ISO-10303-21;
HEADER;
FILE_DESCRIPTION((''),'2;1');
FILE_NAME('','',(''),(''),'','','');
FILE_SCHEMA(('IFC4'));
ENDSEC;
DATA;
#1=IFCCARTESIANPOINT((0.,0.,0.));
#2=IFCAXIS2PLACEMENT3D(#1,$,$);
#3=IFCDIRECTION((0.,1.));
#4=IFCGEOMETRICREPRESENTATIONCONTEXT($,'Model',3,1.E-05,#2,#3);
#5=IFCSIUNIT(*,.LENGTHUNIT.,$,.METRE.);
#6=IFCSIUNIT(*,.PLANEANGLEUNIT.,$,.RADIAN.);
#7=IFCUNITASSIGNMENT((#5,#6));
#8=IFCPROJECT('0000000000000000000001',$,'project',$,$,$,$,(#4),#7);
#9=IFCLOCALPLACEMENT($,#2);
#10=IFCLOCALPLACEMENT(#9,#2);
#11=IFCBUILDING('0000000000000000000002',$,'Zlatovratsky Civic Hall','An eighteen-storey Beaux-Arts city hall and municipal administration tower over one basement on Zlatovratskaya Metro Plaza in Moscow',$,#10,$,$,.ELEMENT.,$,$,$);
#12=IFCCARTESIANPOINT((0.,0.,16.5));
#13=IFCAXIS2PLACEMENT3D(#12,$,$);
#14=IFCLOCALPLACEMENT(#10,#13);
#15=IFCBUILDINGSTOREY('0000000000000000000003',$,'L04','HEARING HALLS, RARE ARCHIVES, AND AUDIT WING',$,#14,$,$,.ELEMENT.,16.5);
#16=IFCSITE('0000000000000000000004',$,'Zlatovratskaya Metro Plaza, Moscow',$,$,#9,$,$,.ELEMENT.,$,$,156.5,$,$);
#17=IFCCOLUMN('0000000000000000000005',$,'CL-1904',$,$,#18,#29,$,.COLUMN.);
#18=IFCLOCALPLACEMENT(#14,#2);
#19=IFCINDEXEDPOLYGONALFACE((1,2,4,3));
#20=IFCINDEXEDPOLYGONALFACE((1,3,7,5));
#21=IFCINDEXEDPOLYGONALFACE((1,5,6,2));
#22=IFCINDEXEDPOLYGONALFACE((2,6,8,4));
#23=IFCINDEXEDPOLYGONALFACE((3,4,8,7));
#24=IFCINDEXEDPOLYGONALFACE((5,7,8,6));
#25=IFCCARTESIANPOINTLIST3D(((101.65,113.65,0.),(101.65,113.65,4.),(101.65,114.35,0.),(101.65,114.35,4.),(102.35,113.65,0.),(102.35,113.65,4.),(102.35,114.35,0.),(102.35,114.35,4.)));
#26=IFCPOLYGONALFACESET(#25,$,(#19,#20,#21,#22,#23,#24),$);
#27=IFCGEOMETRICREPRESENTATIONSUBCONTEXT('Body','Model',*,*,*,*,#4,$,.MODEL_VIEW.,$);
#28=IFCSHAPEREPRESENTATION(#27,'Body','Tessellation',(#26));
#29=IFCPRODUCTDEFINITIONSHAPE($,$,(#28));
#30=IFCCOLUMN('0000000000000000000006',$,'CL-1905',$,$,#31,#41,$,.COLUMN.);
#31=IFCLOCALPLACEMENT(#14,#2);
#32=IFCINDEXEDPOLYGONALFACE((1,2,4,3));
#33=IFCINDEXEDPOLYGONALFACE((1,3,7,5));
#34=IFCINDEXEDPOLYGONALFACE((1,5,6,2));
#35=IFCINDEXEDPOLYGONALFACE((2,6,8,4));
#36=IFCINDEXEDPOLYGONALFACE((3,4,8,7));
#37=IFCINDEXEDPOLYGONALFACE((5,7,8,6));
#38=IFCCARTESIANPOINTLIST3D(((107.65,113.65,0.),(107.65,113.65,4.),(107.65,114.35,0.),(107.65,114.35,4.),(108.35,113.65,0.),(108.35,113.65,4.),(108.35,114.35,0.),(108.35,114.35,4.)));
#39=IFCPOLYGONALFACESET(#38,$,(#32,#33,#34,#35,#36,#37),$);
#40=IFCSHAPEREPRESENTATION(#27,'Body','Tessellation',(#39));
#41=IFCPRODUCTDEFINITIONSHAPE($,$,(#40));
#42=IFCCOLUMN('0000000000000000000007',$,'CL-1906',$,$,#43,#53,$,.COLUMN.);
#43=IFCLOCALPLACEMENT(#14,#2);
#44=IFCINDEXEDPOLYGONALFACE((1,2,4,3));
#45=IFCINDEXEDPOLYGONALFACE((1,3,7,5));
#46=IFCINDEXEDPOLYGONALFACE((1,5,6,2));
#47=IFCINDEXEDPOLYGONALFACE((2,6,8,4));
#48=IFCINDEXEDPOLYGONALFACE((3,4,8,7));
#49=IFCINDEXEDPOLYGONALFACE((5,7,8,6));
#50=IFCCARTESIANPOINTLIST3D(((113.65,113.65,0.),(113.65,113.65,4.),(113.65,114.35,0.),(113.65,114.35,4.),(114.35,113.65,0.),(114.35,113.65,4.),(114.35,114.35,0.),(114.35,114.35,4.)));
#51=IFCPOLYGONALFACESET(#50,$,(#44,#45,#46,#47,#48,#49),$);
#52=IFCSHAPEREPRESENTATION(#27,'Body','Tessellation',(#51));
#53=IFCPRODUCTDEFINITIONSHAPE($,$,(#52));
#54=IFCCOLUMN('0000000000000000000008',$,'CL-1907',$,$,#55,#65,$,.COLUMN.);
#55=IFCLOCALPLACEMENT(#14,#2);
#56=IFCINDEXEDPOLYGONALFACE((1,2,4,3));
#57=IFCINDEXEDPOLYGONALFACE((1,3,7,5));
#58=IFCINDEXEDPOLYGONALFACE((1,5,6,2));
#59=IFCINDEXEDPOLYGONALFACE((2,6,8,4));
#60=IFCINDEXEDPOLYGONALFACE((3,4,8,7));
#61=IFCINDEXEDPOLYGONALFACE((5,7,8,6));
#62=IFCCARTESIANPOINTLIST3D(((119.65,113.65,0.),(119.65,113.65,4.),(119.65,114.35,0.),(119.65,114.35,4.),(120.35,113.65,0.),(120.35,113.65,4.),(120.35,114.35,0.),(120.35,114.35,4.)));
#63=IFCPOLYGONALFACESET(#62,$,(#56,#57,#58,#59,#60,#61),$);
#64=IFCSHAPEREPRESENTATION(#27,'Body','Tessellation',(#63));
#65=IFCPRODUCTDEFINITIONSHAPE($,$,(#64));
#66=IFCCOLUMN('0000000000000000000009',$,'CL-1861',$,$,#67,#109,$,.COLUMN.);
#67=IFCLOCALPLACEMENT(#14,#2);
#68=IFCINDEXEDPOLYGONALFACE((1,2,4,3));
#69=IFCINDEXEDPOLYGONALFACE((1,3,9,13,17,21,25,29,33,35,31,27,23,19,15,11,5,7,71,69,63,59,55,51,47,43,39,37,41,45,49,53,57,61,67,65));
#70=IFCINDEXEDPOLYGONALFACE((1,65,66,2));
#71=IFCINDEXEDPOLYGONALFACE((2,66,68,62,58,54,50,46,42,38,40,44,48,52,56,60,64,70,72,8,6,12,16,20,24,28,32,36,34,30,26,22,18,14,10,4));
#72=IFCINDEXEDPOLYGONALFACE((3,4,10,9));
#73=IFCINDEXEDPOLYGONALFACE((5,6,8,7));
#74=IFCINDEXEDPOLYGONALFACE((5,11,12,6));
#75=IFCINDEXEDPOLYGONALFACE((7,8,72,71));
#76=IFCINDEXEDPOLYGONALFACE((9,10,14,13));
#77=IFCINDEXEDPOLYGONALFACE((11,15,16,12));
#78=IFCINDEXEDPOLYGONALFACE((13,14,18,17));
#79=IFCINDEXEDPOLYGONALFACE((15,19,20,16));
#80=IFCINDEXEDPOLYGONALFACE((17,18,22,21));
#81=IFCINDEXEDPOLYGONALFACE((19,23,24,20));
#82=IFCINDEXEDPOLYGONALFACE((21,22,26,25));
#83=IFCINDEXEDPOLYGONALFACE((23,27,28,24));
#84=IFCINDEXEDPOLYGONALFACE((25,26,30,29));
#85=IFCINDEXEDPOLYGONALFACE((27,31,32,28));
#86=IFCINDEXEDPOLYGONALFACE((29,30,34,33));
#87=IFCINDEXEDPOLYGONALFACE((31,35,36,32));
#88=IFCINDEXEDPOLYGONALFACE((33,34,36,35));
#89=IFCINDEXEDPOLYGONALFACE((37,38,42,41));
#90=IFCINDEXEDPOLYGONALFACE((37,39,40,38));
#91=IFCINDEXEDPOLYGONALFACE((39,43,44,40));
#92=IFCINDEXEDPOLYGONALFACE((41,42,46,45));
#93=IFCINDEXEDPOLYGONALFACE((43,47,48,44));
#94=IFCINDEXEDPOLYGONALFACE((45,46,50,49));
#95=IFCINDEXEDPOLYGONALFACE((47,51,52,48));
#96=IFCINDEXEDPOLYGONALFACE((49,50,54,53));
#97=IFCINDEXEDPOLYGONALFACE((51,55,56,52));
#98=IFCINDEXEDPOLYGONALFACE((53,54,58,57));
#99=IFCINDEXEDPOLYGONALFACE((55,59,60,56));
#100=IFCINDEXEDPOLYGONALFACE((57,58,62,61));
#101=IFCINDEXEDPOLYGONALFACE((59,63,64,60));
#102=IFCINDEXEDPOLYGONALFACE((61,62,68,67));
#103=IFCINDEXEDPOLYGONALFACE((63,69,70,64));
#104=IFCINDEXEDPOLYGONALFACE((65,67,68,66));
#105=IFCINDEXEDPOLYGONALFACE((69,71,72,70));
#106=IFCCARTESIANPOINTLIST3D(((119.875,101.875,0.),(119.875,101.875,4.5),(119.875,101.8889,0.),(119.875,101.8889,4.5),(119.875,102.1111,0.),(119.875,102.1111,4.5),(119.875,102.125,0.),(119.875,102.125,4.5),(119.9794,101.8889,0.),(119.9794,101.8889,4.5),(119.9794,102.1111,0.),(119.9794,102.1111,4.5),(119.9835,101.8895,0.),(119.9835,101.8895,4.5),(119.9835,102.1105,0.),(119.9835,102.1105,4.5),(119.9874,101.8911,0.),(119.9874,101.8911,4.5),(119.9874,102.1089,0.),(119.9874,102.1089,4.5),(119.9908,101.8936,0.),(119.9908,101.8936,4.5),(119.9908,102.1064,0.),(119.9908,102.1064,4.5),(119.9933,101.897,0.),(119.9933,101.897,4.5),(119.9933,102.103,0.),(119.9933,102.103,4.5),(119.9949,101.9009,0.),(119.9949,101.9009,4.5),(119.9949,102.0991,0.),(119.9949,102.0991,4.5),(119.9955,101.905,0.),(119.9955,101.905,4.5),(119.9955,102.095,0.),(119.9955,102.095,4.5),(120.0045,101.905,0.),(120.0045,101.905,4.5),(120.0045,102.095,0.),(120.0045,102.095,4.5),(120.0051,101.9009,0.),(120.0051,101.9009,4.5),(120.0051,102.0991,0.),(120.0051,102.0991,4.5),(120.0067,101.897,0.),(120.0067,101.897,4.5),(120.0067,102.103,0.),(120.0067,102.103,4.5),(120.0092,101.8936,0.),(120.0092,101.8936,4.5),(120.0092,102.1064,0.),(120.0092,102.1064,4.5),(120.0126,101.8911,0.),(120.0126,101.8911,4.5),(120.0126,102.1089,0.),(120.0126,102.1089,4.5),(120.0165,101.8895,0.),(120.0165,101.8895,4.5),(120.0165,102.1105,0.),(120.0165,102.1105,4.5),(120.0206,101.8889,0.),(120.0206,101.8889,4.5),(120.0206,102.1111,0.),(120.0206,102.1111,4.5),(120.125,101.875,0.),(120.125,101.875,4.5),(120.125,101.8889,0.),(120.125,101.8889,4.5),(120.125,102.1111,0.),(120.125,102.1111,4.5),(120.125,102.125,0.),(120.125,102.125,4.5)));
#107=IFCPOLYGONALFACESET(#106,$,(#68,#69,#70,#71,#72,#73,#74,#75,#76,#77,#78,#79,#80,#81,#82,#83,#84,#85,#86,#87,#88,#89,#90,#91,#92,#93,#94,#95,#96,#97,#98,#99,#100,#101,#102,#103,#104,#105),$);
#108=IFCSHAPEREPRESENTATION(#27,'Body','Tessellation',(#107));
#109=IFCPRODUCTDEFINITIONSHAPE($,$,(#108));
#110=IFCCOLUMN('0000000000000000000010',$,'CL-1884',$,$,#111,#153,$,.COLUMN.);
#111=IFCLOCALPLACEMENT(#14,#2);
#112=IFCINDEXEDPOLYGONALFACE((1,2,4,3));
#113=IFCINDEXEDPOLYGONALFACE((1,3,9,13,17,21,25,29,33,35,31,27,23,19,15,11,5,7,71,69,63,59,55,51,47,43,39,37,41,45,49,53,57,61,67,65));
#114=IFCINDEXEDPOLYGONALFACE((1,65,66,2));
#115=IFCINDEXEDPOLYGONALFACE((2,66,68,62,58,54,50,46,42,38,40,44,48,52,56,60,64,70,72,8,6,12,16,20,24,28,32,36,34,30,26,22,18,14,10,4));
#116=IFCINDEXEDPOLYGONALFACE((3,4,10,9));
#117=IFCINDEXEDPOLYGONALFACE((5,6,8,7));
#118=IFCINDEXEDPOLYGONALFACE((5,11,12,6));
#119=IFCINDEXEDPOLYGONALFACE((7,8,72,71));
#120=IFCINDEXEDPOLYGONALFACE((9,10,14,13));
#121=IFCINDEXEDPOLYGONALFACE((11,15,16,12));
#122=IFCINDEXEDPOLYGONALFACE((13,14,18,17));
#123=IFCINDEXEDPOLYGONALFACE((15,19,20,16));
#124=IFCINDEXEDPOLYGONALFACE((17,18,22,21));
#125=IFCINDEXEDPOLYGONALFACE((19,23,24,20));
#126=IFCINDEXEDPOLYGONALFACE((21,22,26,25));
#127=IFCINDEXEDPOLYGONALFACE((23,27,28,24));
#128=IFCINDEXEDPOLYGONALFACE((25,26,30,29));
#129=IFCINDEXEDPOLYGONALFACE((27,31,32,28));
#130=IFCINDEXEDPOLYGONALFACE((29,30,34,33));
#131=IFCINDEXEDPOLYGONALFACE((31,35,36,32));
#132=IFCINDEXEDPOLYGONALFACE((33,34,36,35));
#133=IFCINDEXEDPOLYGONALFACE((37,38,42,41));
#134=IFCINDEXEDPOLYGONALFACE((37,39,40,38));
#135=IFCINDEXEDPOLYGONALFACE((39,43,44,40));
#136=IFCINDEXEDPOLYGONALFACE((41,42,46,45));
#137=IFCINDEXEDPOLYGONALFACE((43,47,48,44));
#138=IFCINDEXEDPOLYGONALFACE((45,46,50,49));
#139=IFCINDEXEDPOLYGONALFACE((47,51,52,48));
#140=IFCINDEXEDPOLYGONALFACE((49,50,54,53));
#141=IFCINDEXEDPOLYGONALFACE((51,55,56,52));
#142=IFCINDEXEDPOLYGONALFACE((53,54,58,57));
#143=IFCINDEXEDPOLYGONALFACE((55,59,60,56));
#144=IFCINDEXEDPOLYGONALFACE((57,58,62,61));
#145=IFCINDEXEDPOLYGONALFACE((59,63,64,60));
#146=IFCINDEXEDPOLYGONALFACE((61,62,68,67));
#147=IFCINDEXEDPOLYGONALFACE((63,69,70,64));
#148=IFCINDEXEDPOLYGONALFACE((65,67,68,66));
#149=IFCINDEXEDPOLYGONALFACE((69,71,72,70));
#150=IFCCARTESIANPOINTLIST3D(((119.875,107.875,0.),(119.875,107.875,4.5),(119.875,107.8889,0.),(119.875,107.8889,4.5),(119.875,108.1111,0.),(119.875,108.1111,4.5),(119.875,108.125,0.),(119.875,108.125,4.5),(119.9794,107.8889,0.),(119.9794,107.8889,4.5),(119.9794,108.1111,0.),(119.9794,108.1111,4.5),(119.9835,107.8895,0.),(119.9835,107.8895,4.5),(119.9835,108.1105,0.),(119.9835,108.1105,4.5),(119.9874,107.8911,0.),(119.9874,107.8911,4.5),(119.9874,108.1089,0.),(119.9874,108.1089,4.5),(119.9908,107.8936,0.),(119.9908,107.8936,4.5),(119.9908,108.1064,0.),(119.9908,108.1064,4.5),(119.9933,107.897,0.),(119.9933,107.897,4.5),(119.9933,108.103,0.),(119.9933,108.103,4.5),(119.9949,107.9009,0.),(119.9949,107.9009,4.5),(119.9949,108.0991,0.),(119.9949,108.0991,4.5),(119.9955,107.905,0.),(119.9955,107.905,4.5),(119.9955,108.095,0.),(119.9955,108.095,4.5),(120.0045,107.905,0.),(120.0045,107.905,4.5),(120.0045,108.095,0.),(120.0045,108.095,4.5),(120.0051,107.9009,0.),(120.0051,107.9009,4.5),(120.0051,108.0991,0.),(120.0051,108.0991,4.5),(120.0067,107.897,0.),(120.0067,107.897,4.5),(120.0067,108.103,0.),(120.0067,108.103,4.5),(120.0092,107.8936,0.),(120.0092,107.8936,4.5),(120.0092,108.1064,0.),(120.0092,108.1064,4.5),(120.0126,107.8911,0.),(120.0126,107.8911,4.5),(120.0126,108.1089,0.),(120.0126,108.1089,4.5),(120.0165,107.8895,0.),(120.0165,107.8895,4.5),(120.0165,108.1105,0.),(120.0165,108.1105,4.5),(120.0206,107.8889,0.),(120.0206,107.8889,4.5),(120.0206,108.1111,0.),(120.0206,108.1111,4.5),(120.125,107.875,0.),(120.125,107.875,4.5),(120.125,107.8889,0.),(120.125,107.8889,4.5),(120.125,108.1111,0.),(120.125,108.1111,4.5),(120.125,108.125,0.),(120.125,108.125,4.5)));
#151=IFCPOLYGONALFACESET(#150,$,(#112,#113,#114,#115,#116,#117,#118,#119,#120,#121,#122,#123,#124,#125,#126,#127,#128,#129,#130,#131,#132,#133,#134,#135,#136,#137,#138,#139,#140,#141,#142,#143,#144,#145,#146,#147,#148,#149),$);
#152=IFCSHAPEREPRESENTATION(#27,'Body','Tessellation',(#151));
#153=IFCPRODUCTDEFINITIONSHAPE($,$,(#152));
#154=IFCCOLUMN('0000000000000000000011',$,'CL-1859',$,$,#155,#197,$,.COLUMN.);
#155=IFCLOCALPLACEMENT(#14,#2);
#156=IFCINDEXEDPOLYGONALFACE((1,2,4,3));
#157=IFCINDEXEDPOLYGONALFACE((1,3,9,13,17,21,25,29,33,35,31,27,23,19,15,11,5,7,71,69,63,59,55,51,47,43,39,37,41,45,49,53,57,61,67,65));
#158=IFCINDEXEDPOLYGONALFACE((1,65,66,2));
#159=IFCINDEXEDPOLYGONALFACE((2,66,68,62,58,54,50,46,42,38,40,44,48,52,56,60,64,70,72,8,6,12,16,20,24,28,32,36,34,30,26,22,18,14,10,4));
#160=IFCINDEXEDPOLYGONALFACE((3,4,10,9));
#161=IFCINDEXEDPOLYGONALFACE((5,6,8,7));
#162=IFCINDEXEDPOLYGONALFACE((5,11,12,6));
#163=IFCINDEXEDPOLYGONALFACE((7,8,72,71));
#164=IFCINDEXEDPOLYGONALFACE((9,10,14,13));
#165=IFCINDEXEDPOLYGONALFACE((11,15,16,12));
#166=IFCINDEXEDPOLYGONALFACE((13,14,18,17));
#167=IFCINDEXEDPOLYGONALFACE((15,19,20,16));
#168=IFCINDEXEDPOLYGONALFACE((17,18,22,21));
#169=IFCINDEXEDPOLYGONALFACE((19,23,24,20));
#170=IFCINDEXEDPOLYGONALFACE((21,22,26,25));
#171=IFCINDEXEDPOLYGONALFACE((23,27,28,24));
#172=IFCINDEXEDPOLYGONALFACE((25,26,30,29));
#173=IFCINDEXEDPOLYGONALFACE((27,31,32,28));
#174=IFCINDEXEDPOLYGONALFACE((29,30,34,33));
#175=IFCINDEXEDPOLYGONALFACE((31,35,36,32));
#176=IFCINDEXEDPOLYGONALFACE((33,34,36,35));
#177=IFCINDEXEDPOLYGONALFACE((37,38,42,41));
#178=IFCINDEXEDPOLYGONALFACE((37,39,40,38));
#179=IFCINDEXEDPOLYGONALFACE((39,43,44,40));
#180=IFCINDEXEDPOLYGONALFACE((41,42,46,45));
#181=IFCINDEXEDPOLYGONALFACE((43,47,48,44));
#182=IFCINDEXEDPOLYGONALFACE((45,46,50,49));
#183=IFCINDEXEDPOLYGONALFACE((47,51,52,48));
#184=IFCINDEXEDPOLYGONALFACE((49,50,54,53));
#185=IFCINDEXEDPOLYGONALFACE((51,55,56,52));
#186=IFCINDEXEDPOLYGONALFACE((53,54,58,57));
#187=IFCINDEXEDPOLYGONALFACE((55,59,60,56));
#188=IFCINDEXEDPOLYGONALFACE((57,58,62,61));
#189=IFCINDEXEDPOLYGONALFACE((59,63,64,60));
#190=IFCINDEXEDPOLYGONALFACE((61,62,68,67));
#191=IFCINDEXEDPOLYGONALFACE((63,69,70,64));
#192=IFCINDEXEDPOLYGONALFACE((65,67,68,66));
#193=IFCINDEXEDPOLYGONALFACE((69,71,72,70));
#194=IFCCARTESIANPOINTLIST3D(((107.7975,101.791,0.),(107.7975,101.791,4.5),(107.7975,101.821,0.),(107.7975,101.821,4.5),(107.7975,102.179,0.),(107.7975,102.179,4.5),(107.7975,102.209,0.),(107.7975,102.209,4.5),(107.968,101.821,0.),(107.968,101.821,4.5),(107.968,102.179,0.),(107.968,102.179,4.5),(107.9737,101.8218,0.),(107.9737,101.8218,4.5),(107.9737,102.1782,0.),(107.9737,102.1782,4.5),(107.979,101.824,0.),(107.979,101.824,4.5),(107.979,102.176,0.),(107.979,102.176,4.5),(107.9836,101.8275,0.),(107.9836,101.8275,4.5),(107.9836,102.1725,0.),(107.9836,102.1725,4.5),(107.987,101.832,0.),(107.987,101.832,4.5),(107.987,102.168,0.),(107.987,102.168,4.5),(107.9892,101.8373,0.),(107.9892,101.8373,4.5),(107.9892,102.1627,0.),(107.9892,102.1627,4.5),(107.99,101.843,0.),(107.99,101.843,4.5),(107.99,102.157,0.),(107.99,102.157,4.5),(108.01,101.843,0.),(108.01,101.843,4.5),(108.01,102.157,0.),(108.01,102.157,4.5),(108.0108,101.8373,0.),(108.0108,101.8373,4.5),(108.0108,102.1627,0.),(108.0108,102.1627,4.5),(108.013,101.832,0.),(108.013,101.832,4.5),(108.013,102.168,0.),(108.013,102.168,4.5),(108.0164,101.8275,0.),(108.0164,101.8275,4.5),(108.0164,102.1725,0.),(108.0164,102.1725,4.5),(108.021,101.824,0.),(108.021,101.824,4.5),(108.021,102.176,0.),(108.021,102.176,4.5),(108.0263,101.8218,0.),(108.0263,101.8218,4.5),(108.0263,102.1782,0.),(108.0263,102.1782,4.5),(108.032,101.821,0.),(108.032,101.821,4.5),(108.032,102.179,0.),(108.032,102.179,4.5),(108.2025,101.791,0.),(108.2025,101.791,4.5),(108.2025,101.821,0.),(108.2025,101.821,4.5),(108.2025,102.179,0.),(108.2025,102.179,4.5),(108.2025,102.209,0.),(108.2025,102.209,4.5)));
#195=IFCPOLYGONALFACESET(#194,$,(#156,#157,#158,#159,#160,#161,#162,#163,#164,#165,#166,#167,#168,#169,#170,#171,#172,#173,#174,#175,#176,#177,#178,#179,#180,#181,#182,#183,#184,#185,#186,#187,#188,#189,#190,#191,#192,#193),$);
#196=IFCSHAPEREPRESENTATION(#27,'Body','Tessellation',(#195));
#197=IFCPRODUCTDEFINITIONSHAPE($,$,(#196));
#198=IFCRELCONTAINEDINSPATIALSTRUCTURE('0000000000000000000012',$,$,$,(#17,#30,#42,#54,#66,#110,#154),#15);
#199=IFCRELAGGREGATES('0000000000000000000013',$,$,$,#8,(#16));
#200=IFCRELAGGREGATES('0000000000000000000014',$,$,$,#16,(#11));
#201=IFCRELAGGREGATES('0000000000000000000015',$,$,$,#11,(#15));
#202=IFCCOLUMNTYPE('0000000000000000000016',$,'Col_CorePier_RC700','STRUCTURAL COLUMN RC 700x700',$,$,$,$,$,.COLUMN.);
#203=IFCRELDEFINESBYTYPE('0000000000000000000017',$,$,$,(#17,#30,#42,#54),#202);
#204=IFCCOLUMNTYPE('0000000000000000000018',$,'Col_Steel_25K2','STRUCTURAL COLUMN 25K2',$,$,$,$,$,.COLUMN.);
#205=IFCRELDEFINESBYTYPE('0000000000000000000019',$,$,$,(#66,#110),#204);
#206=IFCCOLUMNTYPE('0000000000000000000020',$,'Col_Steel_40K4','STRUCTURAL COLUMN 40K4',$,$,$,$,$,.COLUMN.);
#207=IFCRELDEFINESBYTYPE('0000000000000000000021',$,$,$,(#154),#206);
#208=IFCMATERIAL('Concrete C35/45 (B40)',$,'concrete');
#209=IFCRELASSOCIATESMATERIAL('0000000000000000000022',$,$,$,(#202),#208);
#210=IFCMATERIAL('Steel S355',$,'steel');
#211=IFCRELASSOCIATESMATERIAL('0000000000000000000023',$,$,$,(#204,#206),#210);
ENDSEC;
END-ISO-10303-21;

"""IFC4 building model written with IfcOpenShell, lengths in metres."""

from ifc_helpers import new_model, si_unit, direction, frame, origin, origin_2d, place, context, subcontext, project, spatial, rectangle, i_section, extrude, material, material_profile, profile_set, type_object, element, save


model = new_model("IFC4")

# Units and contexts
model_context = context("Model", 3, precision=1e-05, world=origin(), true_north=direction((0.0, 1.0)))
body_context = subcontext(model_context, "Body", "Model", "MODEL_VIEW")
ifc_project = project(units=[si_unit("LENGTHUNIT", "METRE"), si_unit("PLANEANGLEUNIT", "RADIAN")], contexts=[model_context])

# Site, building, storey
site_placement = place(None, origin())
site = spatial("IfcSite", under=ifc_project, at=site_placement, Name="Zlatovratskaya Metro Plaza, Moscow", CompositionType="ELEMENT", RefElevation=156.5)
building_placement = place(site_placement, origin())
building = spatial("IfcBuilding", under=site, at=building_placement, Name="Zlatovratsky Civic Hall", Description="An eighteen-storey Beaux-Arts city hall and municipal administration tower over one basement on Zlatovratskaya Metro Plaza in Moscow", CompositionType="ELEMENT")
storey_placement = place(building_placement, frame((0.0, 0.0, 16.5)))
storey = spatial("IfcBuildingStorey", under=building, at=storey_placement, Name="L04", Description="HEARING HALLS, RARE ARCHIVES, AND AUDIT WING", CompositionType="ELEMENT", Elevation=16.5)

# Columns
ifc_material_1 = material(Name="Concrete C35/45 (B40)", Category="concrete")
ifc_material_profile_1 = material_profile(ifc_material_1, rectangle(XDim=0.7, YDim=0.7, at=origin_2d()), Name="RC 700x700")
ifc_profile_set_1 = profile_set([ifc_material_profile_1], Name="Concrete C35/45 (B40)")
column_type_1 = type_object("IfcColumnType", Name="Col_CorePier_RC700", Description="STRUCTURAL COLUMN RC 700x700", PredefinedType="COLUMN", material=ifc_profile_set_1)
for number, where, z_axis, x_axis, name in (
    (1, (102.0, 114.0, 0.0), (0.0, 0.0, 1.0), (1.0, 0.0, 0.0), "CL-1904"),
    (2, (108.0, 114.0, 0.0), (0.0, 0.0, 1.0), (1.0, 0.0, 0.0), "CL-1905"),
    (3, (114.0, 114.0, 0.0), (0.0, 0.0, 1.0), (1.0, 0.0, 0.0), "CL-1906"),
    (4, (120.0, 114.0, 0.0), (0.0, 0.0, 1.0), (1.0, 0.0, 0.0), "CL-1907"),
):
    element("IfcColumn", number, at=place(storey_placement, frame(where, z_axis=z_axis, x_axis=x_axis)), inside=storey, type_object=column_type_1, Name=name, PredefinedType="COLUMN", context=body_context, shape_type="SweptSolid", body=[
        extrude(rectangle(XDim=0.7, YDim=0.7, at=origin_2d()), origin(), (0.0, 0.0, 1.0), 4.0),
    ])
ifc_material_2 = material(Name="Steel S355", Category="steel")
ifc_material_profile_2 = material_profile(ifc_material_2, i_section(OverallWidth=0.25, OverallDepth=0.25, WebThickness=0.009, FlangeThickness=0.0139, FilletRadius=0.0161, at=origin_2d()), Name="25K2")
ifc_profile_set_2 = profile_set([ifc_material_profile_2], Name="Steel S355")
column_type_2 = type_object("IfcColumnType", Name="Col_Steel_25K2", Description="STRUCTURAL COLUMN 25K2", PredefinedType="COLUMN", material=ifc_profile_set_2)
for number, where, z_axis, x_axis, name in (
    (5, (120.0, 102.0, 0.0), (0.0, 0.0, 1.0), (1.0, 0.0, 0.0), "CL-1861"),
    (6, (120.0, 108.0, 0.0), (0.0, 0.0, 1.0), (1.0, 0.0, 0.0), "CL-1884"),
):
    element("IfcColumn", number, at=place(storey_placement, frame(where, z_axis=z_axis, x_axis=x_axis)), inside=storey, type_object=column_type_2, Name=name, PredefinedType="COLUMN", context=body_context, shape_type="SweptSolid", body=[
        extrude(i_section(OverallWidth=0.25, OverallDepth=0.25, WebThickness=0.009, FlangeThickness=0.0139, FilletRadius=0.0161, at=origin_2d()), origin(), (0.0, 0.0, 1.0), 4.5),
    ])
ifc_material_profile_3 = material_profile(ifc_material_2, i_section(OverallWidth=0.405, OverallDepth=0.418, WebThickness=0.02, FlangeThickness=0.03, FilletRadius=0.022, at=origin_2d()), Name="40K4")
ifc_profile_set_3 = profile_set([ifc_material_profile_3], Name="Steel S355")
column_type_3 = type_object("IfcColumnType", Name="Col_Steel_40K4", Description="STRUCTURAL COLUMN 40K4", PredefinedType="COLUMN", material=ifc_profile_set_3)
for number, where, z_axis, x_axis, name in (
    (7, (108.0, 102.0, 0.0), (0.0, 0.0, 1.0), (1.0, 0.0, 0.0), "CL-1859"),
):
    element("IfcColumn", number, at=place(storey_placement, frame(where, z_axis=z_axis, x_axis=x_axis)), inside=storey, type_object=column_type_3, Name=name, PredefinedType="COLUMN", context=body_context, shape_type="SweptSolid", body=[
        extrude(i_section(OverallWidth=0.405, OverallDepth=0.418, WebThickness=0.02, FlangeThickness=0.03, FilletRadius=0.022, at=origin_2d()), origin(), (0.0, 0.0, 1.0), 4.5),
    ])

save(model, "model.ifc")
